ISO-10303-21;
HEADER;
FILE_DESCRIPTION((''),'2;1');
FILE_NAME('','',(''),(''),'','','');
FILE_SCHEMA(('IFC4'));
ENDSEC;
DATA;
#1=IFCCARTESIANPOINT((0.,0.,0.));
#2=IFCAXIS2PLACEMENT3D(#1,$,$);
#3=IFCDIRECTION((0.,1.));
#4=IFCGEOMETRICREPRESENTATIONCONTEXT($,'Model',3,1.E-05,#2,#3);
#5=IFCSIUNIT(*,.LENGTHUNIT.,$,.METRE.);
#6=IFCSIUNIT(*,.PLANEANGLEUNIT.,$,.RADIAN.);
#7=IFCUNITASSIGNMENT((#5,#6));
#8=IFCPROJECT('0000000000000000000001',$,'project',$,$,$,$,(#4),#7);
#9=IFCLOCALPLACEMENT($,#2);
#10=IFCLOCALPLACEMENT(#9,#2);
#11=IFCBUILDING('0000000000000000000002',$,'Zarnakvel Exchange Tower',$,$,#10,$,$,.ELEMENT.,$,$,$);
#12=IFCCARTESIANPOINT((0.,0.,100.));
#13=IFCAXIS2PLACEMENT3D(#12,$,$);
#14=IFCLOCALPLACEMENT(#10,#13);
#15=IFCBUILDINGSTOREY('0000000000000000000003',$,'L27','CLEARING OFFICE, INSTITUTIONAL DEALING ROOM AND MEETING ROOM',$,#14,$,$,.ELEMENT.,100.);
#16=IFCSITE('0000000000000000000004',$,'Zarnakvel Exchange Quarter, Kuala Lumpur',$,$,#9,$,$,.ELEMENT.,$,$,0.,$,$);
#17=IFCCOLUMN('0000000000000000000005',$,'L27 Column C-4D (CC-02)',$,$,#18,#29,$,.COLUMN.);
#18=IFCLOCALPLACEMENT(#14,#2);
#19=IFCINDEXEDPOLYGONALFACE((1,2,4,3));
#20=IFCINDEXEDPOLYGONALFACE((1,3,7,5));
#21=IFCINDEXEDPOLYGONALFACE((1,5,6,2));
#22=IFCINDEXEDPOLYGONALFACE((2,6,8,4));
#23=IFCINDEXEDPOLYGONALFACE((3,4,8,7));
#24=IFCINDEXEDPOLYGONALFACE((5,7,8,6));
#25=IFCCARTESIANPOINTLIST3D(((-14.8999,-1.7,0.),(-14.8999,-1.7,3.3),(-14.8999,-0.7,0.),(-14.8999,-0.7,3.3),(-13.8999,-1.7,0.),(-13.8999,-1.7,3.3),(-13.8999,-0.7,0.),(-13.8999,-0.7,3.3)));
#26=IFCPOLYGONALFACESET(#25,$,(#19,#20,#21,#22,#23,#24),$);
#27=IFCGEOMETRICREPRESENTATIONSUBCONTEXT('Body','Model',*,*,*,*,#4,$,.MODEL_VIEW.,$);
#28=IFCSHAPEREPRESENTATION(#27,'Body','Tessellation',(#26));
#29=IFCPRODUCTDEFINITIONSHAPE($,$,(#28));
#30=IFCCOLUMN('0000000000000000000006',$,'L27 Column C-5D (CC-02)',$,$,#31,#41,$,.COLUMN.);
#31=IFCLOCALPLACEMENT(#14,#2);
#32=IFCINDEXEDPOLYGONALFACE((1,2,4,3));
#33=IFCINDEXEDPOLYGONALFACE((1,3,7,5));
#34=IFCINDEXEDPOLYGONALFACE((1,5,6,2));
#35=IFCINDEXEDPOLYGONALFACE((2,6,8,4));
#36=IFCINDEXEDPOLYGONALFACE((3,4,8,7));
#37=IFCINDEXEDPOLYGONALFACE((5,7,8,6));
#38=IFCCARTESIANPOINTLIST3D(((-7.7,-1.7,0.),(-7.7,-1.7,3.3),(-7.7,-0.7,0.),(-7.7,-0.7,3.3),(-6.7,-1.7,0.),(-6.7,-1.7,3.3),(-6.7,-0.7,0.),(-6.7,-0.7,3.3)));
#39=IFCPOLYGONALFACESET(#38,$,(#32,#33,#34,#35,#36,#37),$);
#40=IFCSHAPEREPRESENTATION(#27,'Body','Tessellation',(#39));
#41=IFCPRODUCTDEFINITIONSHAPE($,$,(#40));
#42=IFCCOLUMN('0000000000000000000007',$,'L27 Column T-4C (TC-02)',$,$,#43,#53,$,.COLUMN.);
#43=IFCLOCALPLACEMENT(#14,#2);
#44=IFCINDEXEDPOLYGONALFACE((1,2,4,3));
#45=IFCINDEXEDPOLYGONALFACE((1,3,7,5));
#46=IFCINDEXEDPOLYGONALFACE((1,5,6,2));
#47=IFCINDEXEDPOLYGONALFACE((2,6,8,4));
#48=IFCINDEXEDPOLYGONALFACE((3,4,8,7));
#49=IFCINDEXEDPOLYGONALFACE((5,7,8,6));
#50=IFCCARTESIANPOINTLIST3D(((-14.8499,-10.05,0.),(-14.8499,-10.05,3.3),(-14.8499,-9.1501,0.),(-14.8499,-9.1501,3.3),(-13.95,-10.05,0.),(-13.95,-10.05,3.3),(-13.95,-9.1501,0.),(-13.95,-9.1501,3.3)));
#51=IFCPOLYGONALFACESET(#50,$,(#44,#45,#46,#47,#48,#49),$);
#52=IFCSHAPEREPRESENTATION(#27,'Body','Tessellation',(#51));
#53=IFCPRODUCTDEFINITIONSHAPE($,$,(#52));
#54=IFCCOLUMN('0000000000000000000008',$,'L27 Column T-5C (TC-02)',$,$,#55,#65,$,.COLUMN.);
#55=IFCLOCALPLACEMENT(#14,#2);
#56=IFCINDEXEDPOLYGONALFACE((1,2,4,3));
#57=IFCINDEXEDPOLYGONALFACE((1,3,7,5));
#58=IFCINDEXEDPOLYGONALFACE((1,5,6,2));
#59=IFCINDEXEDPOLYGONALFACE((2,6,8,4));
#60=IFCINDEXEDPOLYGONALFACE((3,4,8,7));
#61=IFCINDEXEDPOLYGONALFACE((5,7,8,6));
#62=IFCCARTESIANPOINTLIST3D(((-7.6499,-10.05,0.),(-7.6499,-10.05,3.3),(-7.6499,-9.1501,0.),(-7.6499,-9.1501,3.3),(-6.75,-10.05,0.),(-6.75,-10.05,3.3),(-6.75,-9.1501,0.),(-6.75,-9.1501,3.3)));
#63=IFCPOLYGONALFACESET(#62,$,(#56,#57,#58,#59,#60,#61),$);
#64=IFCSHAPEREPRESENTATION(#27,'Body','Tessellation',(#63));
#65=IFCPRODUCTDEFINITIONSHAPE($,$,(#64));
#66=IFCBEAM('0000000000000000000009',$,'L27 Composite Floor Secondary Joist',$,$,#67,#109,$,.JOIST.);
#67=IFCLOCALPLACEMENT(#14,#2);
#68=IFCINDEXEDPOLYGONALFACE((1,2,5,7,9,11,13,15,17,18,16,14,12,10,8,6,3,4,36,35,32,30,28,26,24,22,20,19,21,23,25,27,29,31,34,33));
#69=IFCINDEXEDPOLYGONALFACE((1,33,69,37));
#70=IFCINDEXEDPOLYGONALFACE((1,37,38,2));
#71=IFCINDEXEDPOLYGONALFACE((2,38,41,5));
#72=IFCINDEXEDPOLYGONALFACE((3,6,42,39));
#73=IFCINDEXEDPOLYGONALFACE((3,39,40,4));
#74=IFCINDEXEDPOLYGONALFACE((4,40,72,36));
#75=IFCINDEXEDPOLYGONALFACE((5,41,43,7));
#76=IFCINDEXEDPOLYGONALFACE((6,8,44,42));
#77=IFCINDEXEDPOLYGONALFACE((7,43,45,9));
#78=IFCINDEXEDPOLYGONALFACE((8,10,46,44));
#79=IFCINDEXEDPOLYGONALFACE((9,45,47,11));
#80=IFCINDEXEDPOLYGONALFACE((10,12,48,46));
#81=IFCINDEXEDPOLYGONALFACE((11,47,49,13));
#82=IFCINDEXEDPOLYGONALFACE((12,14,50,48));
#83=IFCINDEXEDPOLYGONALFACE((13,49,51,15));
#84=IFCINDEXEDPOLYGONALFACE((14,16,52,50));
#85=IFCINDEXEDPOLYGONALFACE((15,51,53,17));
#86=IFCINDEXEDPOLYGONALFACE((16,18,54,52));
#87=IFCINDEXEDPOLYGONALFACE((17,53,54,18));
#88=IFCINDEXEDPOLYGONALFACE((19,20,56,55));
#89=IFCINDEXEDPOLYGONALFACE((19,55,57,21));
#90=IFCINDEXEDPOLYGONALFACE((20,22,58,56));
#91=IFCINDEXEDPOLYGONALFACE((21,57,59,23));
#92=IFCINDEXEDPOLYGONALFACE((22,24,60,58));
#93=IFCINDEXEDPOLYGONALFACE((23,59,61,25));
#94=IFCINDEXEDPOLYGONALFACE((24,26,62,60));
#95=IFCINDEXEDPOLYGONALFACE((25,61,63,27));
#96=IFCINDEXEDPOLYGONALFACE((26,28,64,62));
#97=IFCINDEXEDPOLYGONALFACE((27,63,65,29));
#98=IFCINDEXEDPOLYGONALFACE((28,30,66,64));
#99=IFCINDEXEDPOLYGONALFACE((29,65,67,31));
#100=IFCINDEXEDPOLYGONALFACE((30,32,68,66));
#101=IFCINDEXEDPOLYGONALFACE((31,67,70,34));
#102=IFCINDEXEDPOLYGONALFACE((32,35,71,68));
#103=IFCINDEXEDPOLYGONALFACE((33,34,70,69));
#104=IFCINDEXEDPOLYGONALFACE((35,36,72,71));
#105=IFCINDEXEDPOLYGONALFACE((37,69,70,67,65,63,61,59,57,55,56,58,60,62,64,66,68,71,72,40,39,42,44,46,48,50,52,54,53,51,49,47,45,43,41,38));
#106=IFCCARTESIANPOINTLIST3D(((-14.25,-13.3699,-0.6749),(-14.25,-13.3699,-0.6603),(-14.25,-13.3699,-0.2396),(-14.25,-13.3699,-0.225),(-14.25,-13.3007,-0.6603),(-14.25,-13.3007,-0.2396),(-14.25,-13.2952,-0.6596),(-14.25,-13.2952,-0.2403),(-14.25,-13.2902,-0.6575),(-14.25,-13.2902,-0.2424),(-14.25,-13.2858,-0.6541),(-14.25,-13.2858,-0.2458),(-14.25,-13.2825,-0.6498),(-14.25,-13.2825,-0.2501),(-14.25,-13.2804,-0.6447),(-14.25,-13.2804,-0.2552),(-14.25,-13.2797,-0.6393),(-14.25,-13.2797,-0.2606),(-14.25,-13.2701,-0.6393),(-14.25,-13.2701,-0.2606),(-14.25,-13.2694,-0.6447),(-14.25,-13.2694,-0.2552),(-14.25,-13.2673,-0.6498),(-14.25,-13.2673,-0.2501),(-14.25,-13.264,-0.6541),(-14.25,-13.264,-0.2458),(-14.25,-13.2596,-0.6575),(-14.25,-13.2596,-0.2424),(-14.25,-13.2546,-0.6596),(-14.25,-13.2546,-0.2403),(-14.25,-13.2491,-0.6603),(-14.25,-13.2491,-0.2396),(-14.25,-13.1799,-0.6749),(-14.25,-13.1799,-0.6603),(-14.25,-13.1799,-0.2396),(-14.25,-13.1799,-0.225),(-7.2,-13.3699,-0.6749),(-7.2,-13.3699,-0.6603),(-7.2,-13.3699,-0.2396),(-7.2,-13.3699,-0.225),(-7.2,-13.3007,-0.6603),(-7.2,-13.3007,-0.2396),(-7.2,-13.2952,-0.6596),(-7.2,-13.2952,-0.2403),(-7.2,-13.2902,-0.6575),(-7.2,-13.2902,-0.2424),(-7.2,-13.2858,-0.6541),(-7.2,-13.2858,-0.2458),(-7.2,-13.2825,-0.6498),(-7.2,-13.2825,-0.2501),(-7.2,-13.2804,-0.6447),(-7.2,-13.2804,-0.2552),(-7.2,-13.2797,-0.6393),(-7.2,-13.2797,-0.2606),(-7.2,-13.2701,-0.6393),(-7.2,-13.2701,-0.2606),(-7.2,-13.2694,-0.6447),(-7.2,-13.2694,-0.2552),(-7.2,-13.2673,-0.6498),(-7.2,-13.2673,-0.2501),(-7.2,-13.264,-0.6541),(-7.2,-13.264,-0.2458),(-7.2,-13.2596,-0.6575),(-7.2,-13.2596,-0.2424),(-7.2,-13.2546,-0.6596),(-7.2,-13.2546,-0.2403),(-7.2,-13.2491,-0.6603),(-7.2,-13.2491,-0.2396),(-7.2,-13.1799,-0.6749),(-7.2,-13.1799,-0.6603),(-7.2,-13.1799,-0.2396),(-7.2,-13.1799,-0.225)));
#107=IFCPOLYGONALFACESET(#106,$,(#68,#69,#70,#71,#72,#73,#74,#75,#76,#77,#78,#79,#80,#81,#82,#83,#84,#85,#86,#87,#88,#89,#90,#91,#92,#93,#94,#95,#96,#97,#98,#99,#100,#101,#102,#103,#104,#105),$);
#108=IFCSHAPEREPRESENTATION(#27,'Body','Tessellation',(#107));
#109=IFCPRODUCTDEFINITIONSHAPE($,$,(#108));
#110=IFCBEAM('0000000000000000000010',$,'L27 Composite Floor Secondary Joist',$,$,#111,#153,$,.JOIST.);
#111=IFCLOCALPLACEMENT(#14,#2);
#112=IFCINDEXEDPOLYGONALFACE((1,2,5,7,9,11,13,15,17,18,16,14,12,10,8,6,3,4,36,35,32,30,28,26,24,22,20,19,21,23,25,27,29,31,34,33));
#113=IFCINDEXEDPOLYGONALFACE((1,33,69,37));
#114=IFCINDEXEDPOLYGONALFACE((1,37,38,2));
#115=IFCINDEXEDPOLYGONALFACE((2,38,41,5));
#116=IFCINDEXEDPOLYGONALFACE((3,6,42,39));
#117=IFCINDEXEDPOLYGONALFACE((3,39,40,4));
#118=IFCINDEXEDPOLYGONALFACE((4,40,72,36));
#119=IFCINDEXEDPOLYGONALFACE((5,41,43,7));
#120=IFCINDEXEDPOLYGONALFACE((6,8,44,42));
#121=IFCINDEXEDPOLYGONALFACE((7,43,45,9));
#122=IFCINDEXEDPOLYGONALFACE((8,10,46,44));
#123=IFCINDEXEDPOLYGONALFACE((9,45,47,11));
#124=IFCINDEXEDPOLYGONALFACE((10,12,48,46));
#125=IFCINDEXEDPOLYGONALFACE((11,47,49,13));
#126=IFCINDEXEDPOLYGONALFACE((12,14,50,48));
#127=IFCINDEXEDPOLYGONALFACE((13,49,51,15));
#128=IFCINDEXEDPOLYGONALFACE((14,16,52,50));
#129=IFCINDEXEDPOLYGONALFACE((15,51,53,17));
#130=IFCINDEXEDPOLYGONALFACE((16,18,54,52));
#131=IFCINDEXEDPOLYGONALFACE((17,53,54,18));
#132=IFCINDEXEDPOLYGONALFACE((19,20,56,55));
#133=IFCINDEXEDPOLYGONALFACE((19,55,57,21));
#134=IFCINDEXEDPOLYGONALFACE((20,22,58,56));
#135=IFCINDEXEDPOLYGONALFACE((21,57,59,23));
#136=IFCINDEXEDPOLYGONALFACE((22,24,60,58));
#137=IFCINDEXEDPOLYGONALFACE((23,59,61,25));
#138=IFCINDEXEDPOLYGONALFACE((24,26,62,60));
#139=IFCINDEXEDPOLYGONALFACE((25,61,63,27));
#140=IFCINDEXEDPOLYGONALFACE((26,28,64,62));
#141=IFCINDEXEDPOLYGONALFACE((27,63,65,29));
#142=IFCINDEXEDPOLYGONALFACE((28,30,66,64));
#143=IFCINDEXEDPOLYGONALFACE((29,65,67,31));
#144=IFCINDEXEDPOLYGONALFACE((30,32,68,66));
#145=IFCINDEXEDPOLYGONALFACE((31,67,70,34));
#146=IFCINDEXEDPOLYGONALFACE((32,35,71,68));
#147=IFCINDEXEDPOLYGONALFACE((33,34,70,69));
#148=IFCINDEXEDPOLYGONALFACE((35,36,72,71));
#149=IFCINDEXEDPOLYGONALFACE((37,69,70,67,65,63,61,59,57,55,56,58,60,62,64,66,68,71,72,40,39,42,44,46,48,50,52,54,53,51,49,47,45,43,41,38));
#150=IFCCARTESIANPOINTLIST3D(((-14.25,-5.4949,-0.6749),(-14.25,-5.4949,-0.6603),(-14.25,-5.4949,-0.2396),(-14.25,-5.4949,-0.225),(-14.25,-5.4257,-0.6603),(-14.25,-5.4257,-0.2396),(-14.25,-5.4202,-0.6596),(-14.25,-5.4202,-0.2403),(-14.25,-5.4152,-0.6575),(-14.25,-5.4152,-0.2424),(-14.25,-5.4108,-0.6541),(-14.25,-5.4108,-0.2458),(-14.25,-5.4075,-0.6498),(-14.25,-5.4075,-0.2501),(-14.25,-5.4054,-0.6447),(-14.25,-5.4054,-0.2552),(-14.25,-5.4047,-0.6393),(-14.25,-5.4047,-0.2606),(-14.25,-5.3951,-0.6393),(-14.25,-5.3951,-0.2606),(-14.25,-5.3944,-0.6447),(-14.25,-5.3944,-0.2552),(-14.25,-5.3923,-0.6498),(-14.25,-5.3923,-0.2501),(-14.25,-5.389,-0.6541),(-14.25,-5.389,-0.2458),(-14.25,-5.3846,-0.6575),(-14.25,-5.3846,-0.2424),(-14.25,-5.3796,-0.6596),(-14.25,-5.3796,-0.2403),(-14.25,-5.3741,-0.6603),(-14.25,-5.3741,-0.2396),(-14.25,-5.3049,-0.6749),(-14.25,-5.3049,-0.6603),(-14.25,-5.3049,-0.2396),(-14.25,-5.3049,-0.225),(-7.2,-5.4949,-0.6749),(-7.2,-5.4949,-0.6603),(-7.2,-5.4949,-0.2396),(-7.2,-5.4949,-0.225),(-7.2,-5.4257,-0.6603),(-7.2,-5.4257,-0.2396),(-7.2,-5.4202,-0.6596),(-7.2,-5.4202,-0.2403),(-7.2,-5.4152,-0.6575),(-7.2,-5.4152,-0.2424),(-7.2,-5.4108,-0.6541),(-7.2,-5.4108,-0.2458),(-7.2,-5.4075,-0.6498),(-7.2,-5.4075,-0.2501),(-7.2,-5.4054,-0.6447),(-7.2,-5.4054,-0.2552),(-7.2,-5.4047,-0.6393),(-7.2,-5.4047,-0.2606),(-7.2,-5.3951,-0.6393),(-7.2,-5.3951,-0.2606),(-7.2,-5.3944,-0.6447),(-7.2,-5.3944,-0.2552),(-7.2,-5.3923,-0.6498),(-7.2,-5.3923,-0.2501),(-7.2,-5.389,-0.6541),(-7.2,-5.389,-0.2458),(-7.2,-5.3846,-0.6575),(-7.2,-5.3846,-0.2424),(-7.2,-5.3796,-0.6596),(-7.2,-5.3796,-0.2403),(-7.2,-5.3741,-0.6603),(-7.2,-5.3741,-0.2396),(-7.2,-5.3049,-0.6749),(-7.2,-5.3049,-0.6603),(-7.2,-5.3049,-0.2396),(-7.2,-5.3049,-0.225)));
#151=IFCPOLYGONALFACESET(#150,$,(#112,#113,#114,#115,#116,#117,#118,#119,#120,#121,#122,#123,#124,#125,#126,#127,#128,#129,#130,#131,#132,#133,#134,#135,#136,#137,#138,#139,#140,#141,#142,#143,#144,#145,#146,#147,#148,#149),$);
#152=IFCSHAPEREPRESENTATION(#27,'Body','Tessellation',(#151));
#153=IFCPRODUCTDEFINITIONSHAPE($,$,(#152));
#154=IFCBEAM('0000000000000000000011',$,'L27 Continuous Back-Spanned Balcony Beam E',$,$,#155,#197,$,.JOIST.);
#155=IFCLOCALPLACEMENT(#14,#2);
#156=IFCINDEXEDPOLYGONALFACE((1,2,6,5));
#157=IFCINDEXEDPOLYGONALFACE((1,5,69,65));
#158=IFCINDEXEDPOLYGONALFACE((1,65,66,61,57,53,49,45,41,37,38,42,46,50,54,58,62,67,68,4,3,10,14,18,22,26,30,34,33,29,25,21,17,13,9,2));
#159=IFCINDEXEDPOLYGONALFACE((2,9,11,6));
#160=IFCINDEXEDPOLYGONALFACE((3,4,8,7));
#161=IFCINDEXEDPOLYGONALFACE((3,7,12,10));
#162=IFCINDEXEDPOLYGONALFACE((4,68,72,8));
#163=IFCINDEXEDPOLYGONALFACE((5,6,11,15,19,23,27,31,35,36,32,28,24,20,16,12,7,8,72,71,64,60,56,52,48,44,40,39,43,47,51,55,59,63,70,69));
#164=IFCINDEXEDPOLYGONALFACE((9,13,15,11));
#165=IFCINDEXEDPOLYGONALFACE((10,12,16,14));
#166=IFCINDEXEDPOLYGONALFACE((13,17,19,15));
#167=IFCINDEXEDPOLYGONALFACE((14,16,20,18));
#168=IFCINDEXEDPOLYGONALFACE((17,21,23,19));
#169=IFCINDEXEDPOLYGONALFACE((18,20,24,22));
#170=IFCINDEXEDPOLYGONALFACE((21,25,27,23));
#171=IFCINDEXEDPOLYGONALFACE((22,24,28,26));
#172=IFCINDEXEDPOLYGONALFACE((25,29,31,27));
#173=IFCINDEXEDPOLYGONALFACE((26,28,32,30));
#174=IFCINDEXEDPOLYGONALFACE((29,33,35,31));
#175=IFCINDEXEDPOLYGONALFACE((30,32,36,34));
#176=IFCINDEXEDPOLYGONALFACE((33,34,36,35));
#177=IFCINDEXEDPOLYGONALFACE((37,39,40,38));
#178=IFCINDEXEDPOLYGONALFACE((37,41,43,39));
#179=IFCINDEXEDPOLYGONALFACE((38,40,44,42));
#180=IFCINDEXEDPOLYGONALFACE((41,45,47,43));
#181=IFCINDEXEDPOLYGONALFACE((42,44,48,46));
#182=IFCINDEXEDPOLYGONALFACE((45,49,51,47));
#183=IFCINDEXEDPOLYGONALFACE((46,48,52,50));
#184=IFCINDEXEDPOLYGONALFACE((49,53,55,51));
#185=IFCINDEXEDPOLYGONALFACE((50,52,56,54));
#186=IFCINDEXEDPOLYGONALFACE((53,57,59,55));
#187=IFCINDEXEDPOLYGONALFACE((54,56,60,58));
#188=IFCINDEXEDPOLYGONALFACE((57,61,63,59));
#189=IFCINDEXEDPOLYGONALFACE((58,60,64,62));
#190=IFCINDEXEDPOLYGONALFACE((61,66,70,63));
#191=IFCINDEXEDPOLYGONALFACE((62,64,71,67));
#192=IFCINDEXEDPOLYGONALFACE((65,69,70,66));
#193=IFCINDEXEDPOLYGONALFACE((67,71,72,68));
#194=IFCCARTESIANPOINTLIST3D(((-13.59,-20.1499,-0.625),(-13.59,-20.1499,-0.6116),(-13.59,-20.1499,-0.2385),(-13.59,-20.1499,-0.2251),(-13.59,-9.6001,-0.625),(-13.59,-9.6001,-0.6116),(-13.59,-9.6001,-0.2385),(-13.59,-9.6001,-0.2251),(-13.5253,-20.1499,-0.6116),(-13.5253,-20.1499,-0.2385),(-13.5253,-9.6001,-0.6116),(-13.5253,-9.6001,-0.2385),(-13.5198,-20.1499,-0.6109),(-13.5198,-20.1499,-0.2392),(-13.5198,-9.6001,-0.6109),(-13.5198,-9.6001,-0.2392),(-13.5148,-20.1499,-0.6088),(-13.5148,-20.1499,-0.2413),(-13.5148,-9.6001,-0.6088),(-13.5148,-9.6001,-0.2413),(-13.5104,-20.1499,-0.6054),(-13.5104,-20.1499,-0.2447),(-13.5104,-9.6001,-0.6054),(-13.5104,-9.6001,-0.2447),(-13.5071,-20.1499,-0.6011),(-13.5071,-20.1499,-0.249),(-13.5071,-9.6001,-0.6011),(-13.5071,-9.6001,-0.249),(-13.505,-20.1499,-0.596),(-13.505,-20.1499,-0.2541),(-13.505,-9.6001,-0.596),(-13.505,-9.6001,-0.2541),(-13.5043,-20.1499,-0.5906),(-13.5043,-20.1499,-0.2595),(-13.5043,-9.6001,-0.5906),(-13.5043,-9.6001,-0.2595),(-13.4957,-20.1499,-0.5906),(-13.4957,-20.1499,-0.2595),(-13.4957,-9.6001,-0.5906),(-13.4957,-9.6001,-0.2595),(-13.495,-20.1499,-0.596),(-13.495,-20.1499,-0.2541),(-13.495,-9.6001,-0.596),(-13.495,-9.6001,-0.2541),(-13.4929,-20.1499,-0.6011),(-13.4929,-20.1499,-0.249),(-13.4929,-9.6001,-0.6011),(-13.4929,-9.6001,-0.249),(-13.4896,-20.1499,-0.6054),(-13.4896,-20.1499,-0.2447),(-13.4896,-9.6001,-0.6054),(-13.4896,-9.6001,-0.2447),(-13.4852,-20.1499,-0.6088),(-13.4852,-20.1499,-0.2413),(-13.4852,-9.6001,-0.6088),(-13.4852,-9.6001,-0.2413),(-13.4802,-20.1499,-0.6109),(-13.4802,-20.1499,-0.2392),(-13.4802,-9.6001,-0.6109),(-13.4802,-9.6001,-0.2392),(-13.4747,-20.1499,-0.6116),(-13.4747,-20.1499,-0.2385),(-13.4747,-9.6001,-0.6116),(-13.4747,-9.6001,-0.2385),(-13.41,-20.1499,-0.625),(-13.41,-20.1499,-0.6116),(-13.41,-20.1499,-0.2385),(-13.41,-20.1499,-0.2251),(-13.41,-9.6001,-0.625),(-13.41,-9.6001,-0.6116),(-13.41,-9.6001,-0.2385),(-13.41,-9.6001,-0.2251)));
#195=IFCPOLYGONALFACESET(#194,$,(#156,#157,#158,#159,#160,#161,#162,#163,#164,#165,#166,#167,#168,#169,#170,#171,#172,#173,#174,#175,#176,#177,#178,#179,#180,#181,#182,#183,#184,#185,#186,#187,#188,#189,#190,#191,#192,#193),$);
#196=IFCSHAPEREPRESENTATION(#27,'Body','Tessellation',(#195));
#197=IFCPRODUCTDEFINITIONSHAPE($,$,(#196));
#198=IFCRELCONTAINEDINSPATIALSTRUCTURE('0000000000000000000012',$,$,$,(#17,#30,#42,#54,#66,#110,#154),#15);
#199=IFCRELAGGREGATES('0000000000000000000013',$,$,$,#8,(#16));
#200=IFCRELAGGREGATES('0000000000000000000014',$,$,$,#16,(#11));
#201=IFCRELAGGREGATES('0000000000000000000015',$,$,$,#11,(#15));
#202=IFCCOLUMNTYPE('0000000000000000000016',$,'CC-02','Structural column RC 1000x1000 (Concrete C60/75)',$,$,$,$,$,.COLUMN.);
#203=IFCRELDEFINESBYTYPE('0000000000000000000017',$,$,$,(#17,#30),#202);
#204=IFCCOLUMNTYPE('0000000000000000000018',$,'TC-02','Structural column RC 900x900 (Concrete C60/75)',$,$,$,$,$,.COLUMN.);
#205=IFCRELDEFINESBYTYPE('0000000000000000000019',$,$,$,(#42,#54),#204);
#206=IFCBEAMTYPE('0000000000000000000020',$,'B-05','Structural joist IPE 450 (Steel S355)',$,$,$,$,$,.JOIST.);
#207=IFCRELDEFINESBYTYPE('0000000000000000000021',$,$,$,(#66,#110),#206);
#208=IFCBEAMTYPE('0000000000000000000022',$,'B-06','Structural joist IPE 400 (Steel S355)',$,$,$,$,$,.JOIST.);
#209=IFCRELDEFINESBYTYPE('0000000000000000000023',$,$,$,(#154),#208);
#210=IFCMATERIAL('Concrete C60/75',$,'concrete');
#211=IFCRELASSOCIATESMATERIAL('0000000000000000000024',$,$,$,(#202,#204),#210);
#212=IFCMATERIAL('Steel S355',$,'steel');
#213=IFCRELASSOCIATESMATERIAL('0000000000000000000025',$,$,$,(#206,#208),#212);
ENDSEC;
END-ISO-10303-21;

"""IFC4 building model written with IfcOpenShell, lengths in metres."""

from ifc_helpers import new_model, si_unit, direction, frame, origin, origin_2d, place, context, subcontext, project, spatial, rectangle, i_section, extrude, material, material_profile, profile_set, type_object, element, save


model = new_model("IFC4")

# Units and contexts
model_context = context("Model", 3, precision=1e-05, world=origin(), true_north=direction((0.0, 1.0)))
body_context = subcontext(model_context, "Body", "Model", "MODEL_VIEW")
ifc_project = project(units=[si_unit("LENGTHUNIT", "METRE"), si_unit("PLANEANGLEUNIT", "RADIAN")], contexts=[model_context])

# Site, building, storey
site_placement = place(None, origin())
site = spatial("IfcSite", under=ifc_project, at=site_placement, Name="Zarnakvel Exchange Quarter, Kuala Lumpur", CompositionType="ELEMENT", RefElevation=0.0)
building_placement = place(site_placement, origin())
building = spatial("IfcBuilding", under=site, at=building_placement, Name="Zarnakvel Exchange Tower", CompositionType="ELEMENT")
storey_placement = place(building_placement, frame((0.0, 0.0, 100.0)))
storey = spatial("IfcBuildingStorey", under=building, at=storey_placement, Name="L27", Description="CLEARING OFFICE, INSTITUTIONAL DEALING ROOM AND MEETING ROOM", CompositionType="ELEMENT", Elevation=100.0)

# Columns
ifc_material_1 = material(Name="Concrete C60/75", Category="concrete")
ifc_material_profile_1 = material_profile(ifc_material_1, rectangle(XDim=1.0, YDim=1.0, at=origin_2d()))
ifc_profile_set_1 = profile_set([ifc_material_profile_1], Name="Concrete C60/75")
column_type_1 = type_object("IfcColumnType", Name="CC-02", Description="Structural column RC 1000x1000 (Concrete C60/75)", PredefinedType="COLUMN", material=ifc_profile_set_1)
for number, where, z_axis, x_axis, name in (
    (1, (-14.3999, -1.2, 0.0), (0.0, 0.0, 1.0), (1.0, 0.0, 0.0), "L27 Column C-4D (CC-02)"),
    (2, (-7.2, -1.2, 0.0), (0.0, 0.0, 1.0), (1.0, 0.0, 0.0), "L27 Column C-5D (CC-02)"),
):
    element("IfcColumn", number, at=place(storey_placement, frame(where, z_axis=z_axis, x_axis=x_axis)), inside=storey, type_object=column_type_1, Name=name, PredefinedType="COLUMN", context=body_context, shape_type="SweptSolid", body=[
        extrude(rectangle(XDim=1.0, YDim=1.0, at=origin_2d()), origin(), (0.0, 0.0, 1.0), 3.3),
    ])
ifc_material_profile_2 = material_profile(ifc_material_1, rectangle(XDim=0.8999, YDim=0.8999, at=origin_2d()))
ifc_profile_set_2 = profile_set([ifc_material_profile_2], Name="Concrete C60/75")
column_type_2 = type_object("IfcColumnType", Name="TC-02", Description="Structural column RC 900x900 (Concrete C60/75)", PredefinedType="COLUMN", material=ifc_profile_set_2)
for number, where, z_axis, x_axis, name in (
    (3, (-14.3999, -9.6001, 0.0), (0.0, 0.0, 1.0), (1.0, 0.0, 0.0), "L27 Column T-4C (TC-02)"),
    (4, (-7.2, -9.6001, 0.0), (0.0, 0.0, 1.0), (1.0, 0.0, 0.0), "L27 Column T-5C (TC-02)"),
):
    element("IfcColumn", number, at=place(storey_placement, frame(where, z_axis=z_axis, x_axis=x_axis)), inside=storey, type_object=column_type_2, Name=name, PredefinedType="COLUMN", context=body_context, shape_type="SweptSolid", body=[
        extrude(rectangle(XDim=0.8999, YDim=0.8999, at=origin_2d()), origin(), (0.0, 0.0, 1.0), 3.3),
    ])

# Beams
ifc_material_2 = material(Name="Steel S355", Category="steel")
ifc_material_profile_3 = material_profile(ifc_material_2, i_section(OverallWidth=0.1899, OverallDepth=0.45, WebThickness=0.0095, FlangeThickness=0.0146, FilletRadius=0.021, at=origin_2d()))
ifc_profile_set_3 = profile_set([ifc_material_profile_3], Name="Steel S355")
beam_type_1 = type_object("IfcBeamType", Name="B-05", Description="Structural joist IPE 450 (Steel S355)", PredefinedType="JOIST", material=ifc_profile_set_3)
for number, where, z_axis, x_axis, name in (
    (5, (-14.25, -13.2749, -0.45), (1.0, 0.0, 0.0), (0.0, 1.0, 0.0), "L27 Composite Floor Secondary Joist"),
    (6, (-14.25, -5.3999, -0.45), (1.0, 0.0, 0.0), (0.0, 1.0, 0.0), "L27 Composite Floor Secondary Joist"),
):
    element("IfcBeam", number, at=place(storey_placement, frame(where, z_axis=z_axis, x_axis=x_axis)), inside=storey, type_object=beam_type_1, Name=name, PredefinedType="JOIST", context=body_context, shape_type="SweptSolid", body=[
        extrude(i_section(OverallWidth=0.1899, OverallDepth=0.45, WebThickness=0.0095, FlangeThickness=0.0146, FilletRadius=0.021, at=origin_2d()), origin(), (0.0, 0.0, 1.0), 7.05),
    ])
ifc_material_profile_4 = material_profile(ifc_material_2, i_section(OverallWidth=0.1799, OverallDepth=0.3999, WebThickness=0.0085, FlangeThickness=0.0134, FilletRadius=0.021, at=origin_2d()))
ifc_profile_set_4 = profile_set([ifc_material_profile_4], Name="Steel S355")
beam_type_2 = type_object("IfcBeamType", Name="B-06", Description="Structural joist IPE 400 (Steel S355)", PredefinedType="JOIST", material=ifc_profile_set_4)
beam_1_placement = place(storey_placement, frame((-13.5, -9.6001, -0.425), z_axis=(0.0, -1.0, 0.0), x_axis=(1.0, 0.0, 0.0)))
element("IfcBeam", 7, at=beam_1_placement, inside=storey, type_object=beam_type_2, Name="L27 Continuous Back-Spanned Balcony Beam E", PredefinedType="JOIST", context=body_context, shape_type="SweptSolid", body=[
    extrude(i_section(OverallWidth=0.1799, OverallDepth=0.3999, WebThickness=0.0085, FlangeThickness=0.0134, FilletRadius=0.021, at=origin_2d()), origin(), (0.0, 0.0, 1.0), 10.5498),
])

save(model, "model.ifc")
